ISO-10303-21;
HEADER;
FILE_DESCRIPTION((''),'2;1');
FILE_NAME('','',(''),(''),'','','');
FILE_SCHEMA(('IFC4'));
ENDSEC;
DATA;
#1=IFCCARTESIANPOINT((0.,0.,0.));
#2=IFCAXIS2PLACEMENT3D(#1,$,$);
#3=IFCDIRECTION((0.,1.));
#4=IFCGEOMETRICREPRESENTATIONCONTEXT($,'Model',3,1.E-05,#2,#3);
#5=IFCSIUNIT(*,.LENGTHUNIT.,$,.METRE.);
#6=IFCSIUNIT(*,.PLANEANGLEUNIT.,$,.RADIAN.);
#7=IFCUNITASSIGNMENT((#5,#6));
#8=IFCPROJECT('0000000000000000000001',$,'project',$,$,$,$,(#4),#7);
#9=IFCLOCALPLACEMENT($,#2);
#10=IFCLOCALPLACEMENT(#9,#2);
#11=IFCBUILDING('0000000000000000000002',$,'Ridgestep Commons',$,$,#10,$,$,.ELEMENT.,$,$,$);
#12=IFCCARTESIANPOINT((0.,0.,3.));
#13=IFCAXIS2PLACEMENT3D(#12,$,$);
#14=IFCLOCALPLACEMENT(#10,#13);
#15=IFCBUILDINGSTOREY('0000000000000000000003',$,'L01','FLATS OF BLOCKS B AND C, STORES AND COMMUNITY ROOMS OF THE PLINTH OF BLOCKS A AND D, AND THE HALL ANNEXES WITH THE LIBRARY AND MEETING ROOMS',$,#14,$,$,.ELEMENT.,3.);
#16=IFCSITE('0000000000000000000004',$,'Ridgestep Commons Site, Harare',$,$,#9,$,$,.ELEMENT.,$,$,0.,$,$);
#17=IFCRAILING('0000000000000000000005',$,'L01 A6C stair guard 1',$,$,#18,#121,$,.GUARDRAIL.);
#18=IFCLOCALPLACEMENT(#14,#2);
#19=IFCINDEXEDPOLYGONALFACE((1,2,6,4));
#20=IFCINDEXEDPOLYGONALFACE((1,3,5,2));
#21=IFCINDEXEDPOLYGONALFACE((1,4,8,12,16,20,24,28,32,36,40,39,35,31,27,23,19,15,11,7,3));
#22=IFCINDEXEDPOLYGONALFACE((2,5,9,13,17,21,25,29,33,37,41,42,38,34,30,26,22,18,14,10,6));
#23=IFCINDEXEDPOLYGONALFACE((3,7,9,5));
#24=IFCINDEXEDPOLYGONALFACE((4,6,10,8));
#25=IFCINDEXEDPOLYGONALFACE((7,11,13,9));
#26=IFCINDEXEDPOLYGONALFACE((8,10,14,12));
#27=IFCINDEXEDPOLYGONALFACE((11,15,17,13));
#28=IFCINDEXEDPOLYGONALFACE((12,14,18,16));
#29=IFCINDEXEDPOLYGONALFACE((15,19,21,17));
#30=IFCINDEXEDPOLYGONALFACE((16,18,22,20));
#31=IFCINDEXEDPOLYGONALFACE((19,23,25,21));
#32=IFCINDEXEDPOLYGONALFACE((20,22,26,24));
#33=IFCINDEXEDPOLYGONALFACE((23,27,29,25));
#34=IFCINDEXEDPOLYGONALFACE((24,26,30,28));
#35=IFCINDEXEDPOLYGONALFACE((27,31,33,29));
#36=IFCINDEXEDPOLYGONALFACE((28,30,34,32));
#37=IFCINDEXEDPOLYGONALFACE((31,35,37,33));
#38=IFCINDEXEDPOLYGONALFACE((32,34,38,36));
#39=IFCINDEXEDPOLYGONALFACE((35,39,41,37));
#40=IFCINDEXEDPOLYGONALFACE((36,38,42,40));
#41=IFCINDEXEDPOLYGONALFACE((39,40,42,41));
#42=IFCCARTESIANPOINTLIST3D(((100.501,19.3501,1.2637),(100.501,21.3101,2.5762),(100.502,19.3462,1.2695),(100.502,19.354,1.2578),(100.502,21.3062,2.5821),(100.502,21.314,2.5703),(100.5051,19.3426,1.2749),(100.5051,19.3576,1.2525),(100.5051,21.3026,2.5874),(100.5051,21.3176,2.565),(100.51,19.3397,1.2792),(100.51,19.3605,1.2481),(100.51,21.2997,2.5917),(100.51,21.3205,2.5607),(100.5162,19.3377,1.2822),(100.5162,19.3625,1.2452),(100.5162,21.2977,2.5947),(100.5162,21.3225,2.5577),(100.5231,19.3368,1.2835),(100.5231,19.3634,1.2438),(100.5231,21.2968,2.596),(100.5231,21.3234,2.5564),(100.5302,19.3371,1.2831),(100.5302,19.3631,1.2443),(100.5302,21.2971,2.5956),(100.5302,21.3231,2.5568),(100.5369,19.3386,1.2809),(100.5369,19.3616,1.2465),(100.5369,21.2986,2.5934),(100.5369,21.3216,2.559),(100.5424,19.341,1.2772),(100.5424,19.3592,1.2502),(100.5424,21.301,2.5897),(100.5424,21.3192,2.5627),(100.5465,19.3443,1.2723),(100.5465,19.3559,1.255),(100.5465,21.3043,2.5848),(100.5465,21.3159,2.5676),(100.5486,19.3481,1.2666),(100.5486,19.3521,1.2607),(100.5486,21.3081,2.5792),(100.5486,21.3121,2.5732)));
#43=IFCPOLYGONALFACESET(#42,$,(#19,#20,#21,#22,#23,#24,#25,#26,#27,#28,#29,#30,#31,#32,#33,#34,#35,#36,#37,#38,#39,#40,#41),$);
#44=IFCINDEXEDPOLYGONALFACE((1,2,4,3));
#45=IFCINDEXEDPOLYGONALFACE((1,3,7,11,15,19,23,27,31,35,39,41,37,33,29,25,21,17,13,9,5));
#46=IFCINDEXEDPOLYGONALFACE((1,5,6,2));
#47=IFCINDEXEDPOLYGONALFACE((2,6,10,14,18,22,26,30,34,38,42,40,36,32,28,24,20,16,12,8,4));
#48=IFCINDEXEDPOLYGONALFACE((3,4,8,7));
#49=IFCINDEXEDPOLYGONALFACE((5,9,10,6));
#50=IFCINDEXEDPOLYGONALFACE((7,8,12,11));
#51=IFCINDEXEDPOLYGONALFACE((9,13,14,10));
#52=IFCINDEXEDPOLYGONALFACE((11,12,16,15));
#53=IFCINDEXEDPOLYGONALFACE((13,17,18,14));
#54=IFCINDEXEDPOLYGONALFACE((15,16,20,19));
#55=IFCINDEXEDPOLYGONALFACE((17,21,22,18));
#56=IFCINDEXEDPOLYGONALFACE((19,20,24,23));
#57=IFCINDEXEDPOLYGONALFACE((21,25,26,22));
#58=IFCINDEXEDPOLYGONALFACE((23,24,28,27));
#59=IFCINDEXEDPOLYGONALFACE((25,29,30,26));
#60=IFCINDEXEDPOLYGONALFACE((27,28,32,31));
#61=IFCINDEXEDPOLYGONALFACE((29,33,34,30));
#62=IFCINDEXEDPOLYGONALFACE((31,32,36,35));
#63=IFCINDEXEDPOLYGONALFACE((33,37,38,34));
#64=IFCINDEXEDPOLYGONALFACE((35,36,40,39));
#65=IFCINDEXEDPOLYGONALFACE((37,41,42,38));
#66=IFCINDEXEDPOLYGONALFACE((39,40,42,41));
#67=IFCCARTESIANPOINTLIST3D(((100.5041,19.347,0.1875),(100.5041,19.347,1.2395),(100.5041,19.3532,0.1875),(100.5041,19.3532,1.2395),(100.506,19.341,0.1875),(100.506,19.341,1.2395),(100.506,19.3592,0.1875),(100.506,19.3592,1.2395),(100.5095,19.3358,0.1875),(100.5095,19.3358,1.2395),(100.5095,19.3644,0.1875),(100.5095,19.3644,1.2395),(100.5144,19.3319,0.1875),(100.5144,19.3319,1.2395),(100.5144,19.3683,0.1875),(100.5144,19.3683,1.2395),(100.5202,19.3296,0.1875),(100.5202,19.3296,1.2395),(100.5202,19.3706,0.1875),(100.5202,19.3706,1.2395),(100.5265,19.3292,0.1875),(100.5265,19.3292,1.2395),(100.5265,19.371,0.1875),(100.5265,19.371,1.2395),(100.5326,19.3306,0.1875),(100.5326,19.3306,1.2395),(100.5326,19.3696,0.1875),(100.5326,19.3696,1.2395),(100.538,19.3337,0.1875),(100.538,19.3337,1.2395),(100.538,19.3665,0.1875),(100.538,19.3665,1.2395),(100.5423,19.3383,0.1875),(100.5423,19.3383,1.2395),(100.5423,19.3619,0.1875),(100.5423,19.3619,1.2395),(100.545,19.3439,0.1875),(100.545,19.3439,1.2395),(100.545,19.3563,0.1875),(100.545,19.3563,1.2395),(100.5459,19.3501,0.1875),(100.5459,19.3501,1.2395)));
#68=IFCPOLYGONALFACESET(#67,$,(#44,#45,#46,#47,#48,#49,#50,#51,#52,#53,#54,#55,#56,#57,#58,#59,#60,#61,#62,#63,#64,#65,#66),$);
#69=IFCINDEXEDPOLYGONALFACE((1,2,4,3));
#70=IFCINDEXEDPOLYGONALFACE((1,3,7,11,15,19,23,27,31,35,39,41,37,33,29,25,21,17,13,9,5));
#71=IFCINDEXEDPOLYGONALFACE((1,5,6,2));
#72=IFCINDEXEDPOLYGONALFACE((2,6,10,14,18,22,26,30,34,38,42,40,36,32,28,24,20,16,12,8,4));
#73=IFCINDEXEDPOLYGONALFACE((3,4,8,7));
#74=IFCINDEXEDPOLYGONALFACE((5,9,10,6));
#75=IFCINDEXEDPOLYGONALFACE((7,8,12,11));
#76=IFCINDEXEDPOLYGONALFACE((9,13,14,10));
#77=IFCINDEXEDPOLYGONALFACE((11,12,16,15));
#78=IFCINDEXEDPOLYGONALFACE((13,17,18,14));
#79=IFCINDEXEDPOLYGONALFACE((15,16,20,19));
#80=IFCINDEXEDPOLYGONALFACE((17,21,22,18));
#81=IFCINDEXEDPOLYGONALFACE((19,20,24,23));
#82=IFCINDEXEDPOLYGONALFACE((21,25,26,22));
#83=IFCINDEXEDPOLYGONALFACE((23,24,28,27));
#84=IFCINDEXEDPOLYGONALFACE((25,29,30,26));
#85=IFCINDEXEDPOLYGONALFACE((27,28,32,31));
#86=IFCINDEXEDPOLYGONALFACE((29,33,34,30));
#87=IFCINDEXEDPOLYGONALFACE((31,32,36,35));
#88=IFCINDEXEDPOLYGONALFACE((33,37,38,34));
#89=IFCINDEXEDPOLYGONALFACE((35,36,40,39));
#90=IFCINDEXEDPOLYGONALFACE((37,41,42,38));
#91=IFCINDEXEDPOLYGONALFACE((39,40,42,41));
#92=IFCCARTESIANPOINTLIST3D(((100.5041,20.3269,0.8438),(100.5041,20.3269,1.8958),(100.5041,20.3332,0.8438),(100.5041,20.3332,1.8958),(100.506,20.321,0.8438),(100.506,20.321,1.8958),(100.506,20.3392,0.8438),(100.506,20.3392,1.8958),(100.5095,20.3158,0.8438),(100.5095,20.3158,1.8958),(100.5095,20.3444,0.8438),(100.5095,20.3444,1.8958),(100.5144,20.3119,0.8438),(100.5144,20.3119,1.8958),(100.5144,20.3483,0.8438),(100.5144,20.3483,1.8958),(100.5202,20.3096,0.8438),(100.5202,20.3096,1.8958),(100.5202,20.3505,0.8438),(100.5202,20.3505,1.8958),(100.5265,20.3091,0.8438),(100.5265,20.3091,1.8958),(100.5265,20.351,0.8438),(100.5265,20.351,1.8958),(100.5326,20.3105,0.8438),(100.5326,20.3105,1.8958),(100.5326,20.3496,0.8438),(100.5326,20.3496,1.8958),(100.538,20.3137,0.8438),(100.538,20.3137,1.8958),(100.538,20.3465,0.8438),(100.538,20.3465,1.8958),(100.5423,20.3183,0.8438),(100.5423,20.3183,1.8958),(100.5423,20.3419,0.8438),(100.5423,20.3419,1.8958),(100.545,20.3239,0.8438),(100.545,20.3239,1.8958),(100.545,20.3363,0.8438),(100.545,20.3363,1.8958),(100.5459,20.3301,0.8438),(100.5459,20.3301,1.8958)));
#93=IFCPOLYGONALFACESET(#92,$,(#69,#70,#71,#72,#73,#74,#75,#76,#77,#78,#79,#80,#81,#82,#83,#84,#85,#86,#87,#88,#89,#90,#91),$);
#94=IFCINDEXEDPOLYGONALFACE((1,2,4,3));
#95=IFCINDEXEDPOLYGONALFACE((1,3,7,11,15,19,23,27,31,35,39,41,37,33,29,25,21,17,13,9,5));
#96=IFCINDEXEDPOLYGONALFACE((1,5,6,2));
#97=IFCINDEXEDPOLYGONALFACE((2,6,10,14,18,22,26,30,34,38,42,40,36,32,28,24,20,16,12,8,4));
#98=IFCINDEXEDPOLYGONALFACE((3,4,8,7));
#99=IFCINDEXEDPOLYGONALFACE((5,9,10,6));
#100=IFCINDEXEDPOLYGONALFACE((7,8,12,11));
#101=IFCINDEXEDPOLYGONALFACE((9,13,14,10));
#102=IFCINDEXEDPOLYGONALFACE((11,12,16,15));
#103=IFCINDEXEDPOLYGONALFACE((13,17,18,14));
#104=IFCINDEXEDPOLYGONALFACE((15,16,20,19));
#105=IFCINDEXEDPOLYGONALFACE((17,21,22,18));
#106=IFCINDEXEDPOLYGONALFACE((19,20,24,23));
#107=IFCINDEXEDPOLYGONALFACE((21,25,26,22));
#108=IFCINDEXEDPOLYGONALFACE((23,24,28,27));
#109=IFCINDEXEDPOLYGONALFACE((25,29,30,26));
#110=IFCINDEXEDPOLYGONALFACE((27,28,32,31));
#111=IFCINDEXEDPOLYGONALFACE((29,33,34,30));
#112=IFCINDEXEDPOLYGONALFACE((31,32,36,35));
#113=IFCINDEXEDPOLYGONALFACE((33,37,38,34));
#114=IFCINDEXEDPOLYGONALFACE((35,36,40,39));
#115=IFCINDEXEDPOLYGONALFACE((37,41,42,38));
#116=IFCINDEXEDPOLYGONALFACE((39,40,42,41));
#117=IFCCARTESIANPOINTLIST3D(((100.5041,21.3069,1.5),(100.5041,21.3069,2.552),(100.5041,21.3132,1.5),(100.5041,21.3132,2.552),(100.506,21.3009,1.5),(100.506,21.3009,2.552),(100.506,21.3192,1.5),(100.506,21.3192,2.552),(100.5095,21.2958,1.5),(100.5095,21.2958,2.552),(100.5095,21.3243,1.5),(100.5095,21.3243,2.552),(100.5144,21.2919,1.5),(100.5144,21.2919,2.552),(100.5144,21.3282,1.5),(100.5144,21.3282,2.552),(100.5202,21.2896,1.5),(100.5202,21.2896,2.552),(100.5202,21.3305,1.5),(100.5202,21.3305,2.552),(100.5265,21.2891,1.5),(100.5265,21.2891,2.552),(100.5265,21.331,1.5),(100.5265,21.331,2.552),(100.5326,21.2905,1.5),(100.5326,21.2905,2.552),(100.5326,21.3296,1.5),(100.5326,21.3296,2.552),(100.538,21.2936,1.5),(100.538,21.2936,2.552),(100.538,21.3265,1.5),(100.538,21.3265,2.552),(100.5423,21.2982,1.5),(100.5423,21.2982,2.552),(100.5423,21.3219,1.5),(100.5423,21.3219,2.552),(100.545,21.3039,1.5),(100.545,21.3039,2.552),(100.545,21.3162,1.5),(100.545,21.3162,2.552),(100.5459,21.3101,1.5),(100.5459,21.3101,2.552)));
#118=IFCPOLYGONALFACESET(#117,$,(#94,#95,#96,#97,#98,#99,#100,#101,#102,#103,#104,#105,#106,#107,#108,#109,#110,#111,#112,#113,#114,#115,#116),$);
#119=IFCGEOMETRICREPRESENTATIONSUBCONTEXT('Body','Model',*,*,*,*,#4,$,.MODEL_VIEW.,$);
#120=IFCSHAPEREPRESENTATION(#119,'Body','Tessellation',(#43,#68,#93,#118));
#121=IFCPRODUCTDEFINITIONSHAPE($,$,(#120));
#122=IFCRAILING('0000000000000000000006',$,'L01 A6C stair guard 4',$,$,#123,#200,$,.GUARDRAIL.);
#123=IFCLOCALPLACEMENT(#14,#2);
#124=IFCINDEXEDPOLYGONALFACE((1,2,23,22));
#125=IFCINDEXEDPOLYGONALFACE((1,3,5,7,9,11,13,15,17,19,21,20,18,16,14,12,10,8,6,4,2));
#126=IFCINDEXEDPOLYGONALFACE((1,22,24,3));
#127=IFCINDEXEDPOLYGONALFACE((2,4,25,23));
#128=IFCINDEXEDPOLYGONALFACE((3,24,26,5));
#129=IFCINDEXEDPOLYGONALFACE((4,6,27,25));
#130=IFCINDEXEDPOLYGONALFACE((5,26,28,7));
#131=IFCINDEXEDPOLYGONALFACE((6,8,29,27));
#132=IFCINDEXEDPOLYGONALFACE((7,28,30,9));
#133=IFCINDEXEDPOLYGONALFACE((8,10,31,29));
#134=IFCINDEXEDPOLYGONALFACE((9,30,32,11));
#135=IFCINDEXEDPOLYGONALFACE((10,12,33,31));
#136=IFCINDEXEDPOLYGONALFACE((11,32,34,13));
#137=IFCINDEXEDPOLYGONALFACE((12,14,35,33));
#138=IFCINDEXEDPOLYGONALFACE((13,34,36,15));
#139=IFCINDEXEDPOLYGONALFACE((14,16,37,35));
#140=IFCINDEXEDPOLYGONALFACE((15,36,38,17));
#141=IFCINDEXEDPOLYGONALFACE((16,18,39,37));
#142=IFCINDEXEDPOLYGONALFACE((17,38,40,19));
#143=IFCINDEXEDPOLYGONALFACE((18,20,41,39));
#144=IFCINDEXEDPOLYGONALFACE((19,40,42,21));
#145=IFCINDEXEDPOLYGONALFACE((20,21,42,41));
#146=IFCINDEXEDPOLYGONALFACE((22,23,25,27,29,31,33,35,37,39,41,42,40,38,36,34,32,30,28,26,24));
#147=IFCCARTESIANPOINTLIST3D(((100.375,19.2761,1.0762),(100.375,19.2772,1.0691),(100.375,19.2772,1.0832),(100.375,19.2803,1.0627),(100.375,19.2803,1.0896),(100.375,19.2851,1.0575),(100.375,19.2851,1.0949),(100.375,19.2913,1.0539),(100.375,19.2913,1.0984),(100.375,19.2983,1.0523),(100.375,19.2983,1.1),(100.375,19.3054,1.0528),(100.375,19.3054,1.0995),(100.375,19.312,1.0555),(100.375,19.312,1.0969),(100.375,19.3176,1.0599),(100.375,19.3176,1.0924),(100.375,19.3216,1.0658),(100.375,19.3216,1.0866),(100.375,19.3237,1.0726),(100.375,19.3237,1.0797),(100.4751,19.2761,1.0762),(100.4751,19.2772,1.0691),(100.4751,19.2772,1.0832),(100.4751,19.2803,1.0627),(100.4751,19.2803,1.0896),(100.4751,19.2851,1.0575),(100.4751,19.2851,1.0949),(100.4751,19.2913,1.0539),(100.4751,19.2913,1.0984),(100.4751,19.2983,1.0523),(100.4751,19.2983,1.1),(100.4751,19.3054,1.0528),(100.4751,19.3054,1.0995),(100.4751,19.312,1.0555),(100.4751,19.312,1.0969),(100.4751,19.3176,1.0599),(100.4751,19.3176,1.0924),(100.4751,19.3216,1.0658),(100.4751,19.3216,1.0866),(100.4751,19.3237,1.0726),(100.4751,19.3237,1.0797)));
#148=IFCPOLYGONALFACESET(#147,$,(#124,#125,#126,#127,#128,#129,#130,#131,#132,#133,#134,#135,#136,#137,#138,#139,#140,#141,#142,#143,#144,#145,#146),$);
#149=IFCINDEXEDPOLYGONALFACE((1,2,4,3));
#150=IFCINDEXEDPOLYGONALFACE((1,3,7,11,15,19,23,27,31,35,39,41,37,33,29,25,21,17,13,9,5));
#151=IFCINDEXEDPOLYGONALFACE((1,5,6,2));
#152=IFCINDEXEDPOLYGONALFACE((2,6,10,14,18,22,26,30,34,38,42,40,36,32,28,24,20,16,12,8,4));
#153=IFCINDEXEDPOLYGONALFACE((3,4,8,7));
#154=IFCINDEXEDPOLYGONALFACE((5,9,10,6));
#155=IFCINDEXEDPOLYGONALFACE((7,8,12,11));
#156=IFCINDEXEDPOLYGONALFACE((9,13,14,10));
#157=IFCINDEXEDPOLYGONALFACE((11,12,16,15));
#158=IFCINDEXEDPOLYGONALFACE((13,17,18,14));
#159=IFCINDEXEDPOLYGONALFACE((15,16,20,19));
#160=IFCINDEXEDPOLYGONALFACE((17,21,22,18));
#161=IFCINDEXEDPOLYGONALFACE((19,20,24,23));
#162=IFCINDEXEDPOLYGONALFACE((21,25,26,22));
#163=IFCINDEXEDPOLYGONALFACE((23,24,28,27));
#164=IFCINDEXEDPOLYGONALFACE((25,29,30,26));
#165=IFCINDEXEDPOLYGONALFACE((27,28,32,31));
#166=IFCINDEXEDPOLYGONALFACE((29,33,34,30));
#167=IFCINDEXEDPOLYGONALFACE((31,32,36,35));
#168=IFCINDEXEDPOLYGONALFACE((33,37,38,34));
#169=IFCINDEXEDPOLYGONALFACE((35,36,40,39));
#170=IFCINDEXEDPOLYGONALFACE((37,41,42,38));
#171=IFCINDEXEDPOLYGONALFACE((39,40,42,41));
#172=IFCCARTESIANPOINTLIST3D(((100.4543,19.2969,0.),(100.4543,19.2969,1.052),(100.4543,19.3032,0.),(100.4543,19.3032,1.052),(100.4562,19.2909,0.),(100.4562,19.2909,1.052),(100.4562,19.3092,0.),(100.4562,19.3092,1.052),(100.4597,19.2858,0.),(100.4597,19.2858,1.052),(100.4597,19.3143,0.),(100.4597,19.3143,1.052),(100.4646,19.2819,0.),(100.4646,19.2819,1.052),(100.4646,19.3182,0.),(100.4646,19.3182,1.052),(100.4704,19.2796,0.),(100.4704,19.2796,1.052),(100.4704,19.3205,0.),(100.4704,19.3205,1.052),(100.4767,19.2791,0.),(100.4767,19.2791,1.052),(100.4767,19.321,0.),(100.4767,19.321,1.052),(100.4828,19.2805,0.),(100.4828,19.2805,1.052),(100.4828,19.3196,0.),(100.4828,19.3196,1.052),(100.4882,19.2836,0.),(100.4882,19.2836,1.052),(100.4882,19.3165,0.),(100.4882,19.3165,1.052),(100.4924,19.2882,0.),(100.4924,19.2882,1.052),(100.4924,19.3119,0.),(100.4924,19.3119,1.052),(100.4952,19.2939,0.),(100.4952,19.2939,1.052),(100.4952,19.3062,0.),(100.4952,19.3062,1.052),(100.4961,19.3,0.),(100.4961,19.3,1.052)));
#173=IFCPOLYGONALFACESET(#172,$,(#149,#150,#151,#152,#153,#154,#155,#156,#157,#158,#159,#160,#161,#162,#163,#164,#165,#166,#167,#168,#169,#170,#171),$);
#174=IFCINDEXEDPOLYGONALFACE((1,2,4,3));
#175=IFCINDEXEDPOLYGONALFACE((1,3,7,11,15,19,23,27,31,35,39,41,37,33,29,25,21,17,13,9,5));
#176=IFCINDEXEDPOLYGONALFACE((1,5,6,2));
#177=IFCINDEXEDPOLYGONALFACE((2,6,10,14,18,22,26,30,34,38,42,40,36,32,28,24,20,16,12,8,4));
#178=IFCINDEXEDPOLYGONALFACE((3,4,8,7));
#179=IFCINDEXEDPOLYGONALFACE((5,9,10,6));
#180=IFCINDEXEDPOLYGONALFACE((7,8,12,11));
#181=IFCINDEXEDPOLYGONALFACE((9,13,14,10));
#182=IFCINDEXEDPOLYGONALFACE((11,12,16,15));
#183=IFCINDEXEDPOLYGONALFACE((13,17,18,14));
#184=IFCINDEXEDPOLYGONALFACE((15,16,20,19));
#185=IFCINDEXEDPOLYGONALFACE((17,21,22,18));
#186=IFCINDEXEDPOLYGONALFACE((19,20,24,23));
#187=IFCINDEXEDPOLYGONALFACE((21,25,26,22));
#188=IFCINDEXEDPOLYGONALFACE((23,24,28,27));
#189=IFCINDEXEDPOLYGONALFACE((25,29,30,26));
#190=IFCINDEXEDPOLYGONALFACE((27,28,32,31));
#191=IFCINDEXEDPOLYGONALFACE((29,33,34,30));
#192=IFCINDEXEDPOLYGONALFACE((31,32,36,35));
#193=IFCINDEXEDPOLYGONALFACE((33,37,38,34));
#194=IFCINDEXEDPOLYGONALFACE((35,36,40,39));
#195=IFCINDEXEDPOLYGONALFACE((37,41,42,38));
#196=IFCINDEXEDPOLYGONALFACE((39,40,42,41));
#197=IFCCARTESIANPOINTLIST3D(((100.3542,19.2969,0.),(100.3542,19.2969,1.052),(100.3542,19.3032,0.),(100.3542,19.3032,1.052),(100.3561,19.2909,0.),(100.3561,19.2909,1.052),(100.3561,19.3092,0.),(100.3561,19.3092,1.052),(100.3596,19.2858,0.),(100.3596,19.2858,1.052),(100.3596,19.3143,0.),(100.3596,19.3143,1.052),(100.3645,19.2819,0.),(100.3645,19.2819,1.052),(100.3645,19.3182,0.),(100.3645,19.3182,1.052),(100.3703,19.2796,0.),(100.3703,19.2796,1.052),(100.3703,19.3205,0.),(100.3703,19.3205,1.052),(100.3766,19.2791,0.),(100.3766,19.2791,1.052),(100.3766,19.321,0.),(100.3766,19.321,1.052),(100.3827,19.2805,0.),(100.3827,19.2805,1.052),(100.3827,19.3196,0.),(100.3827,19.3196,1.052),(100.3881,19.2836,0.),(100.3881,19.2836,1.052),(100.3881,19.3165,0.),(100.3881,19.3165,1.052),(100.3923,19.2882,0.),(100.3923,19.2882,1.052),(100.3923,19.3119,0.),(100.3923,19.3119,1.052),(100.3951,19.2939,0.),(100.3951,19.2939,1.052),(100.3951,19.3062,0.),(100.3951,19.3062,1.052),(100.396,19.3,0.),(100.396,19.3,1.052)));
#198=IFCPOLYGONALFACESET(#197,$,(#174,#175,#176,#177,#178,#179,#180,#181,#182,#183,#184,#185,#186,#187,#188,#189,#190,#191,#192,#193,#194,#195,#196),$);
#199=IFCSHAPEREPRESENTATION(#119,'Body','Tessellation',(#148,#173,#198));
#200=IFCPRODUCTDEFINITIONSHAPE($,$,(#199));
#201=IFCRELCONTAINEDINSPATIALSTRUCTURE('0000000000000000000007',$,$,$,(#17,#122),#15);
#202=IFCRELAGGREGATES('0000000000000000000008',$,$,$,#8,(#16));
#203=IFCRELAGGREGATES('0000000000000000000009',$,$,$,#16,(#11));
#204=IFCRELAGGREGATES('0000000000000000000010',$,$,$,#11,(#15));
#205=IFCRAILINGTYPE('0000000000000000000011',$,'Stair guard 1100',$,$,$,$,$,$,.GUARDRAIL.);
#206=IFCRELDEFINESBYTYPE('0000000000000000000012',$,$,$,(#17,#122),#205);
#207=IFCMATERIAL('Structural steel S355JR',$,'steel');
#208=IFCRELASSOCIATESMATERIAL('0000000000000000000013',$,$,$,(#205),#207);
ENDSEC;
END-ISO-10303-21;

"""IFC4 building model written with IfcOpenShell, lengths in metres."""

from ifc_helpers import new_model, si_unit, direction, frame, origin, origin_2d, place, context, subcontext, project, spatial, circle, extrude, material, type_object, element, save


model = new_model("IFC4")

# Units and contexts
model_context = context("Model", 3, precision=1e-05, world=origin(), true_north=direction((0.0, 1.0)))
body_context = subcontext(model_context, "Body", "Model", "MODEL_VIEW")
ifc_project = project(units=[si_unit("LENGTHUNIT", "METRE"), si_unit("PLANEANGLEUNIT", "RADIAN")], contexts=[model_context])

# Site, building, storey
site_placement = place(None, origin())
site = spatial("IfcSite", under=ifc_project, at=site_placement, Name="Ridgestep Commons Site, Harare", CompositionType="ELEMENT", RefElevation=0.0)
building_placement = place(site_placement, origin())
building = spatial("IfcBuilding", under=site, at=building_placement, Name="Ridgestep Commons", CompositionType="ELEMENT")
storey_placement = place(building_placement, frame((0.0, 0.0, 3.0)))
storey = spatial("IfcBuildingStorey", under=building, at=storey_placement, Name="L01", Description="FLATS OF BLOCKS B AND C, STORES AND COMMUNITY ROOMS OF THE PLINTH OF BLOCKS A AND D, AND THE HALL ANNEXES WITH THE LIBRARY AND MEETING ROOMS", CompositionType="ELEMENT", Elevation=3.0)

# Railings
ifc_material_1 = material(Name="Structural steel S355JR", Category="steel")
railing_type_1 = type_object("IfcRailingType", Name="Stair guard 1100", PredefinedType="GUARDRAIL", material=ifc_material_1)
railing_1_placement = place(storey_placement, frame((100.5249, 19.3501, 0.1875)))
element("IfcRailing", 1, at=railing_1_placement, inside=storey, type_object=railing_type_1, Name="L01 A6C stair guard 1", PredefinedType="GUARDRAIL", context=body_context, shape_type="SweptSolid", body=[
    extrude(circle(Radius=0.0239, at=origin_2d()), frame((0.0, 0.0, 1.0762), z_axis=(0.0, 0.830902, 0.556419), x_axis=(-1.0, 0.0, 0.0)), (0.0, 0.0, 1.0), 2.3589),
    extrude(circle(Radius=0.021, at=origin_2d()), origin(), (0.0, 0.0, 1.0), 1.052),
    extrude(circle(Radius=0.021, at=origin_2d()), frame((0.0, 0.98, 0.6562)), (0.0, 0.0, 1.0), 1.052),
    extrude(circle(Radius=0.021, at=origin_2d()), frame((0.0, 1.96, 1.3125)), (0.0, 0.0, 1.0), 1.052),
])
railing_2_placement = place(storey_placement, frame((100.4751, 19.3, 0.0)))
element("IfcRailing", 2, at=railing_2_placement, inside=storey, type_object=railing_type_1, Name="L01 A6C stair guard 4", PredefinedType="GUARDRAIL", context=body_context, shape_type="SweptSolid", body=[
    extrude(circle(Radius=0.0239, at=origin_2d()), frame((0.0, 0.0, 1.0762), z_axis=(-1.0, 0.0, 0.0), x_axis=(0.0, -1.0, 0.0)), (0.0, 0.0, 1.0), 0.1001),
    extrude(circle(Radius=0.021, at=origin_2d()), origin(), (0.0, 0.0, 1.0), 1.052),
    extrude(circle(Radius=0.021, at=origin_2d()), frame((-0.1001, 0.0, 0.0)), (0.0, 0.0, 1.0), 1.052),
])

save(model, "model.ifc")
